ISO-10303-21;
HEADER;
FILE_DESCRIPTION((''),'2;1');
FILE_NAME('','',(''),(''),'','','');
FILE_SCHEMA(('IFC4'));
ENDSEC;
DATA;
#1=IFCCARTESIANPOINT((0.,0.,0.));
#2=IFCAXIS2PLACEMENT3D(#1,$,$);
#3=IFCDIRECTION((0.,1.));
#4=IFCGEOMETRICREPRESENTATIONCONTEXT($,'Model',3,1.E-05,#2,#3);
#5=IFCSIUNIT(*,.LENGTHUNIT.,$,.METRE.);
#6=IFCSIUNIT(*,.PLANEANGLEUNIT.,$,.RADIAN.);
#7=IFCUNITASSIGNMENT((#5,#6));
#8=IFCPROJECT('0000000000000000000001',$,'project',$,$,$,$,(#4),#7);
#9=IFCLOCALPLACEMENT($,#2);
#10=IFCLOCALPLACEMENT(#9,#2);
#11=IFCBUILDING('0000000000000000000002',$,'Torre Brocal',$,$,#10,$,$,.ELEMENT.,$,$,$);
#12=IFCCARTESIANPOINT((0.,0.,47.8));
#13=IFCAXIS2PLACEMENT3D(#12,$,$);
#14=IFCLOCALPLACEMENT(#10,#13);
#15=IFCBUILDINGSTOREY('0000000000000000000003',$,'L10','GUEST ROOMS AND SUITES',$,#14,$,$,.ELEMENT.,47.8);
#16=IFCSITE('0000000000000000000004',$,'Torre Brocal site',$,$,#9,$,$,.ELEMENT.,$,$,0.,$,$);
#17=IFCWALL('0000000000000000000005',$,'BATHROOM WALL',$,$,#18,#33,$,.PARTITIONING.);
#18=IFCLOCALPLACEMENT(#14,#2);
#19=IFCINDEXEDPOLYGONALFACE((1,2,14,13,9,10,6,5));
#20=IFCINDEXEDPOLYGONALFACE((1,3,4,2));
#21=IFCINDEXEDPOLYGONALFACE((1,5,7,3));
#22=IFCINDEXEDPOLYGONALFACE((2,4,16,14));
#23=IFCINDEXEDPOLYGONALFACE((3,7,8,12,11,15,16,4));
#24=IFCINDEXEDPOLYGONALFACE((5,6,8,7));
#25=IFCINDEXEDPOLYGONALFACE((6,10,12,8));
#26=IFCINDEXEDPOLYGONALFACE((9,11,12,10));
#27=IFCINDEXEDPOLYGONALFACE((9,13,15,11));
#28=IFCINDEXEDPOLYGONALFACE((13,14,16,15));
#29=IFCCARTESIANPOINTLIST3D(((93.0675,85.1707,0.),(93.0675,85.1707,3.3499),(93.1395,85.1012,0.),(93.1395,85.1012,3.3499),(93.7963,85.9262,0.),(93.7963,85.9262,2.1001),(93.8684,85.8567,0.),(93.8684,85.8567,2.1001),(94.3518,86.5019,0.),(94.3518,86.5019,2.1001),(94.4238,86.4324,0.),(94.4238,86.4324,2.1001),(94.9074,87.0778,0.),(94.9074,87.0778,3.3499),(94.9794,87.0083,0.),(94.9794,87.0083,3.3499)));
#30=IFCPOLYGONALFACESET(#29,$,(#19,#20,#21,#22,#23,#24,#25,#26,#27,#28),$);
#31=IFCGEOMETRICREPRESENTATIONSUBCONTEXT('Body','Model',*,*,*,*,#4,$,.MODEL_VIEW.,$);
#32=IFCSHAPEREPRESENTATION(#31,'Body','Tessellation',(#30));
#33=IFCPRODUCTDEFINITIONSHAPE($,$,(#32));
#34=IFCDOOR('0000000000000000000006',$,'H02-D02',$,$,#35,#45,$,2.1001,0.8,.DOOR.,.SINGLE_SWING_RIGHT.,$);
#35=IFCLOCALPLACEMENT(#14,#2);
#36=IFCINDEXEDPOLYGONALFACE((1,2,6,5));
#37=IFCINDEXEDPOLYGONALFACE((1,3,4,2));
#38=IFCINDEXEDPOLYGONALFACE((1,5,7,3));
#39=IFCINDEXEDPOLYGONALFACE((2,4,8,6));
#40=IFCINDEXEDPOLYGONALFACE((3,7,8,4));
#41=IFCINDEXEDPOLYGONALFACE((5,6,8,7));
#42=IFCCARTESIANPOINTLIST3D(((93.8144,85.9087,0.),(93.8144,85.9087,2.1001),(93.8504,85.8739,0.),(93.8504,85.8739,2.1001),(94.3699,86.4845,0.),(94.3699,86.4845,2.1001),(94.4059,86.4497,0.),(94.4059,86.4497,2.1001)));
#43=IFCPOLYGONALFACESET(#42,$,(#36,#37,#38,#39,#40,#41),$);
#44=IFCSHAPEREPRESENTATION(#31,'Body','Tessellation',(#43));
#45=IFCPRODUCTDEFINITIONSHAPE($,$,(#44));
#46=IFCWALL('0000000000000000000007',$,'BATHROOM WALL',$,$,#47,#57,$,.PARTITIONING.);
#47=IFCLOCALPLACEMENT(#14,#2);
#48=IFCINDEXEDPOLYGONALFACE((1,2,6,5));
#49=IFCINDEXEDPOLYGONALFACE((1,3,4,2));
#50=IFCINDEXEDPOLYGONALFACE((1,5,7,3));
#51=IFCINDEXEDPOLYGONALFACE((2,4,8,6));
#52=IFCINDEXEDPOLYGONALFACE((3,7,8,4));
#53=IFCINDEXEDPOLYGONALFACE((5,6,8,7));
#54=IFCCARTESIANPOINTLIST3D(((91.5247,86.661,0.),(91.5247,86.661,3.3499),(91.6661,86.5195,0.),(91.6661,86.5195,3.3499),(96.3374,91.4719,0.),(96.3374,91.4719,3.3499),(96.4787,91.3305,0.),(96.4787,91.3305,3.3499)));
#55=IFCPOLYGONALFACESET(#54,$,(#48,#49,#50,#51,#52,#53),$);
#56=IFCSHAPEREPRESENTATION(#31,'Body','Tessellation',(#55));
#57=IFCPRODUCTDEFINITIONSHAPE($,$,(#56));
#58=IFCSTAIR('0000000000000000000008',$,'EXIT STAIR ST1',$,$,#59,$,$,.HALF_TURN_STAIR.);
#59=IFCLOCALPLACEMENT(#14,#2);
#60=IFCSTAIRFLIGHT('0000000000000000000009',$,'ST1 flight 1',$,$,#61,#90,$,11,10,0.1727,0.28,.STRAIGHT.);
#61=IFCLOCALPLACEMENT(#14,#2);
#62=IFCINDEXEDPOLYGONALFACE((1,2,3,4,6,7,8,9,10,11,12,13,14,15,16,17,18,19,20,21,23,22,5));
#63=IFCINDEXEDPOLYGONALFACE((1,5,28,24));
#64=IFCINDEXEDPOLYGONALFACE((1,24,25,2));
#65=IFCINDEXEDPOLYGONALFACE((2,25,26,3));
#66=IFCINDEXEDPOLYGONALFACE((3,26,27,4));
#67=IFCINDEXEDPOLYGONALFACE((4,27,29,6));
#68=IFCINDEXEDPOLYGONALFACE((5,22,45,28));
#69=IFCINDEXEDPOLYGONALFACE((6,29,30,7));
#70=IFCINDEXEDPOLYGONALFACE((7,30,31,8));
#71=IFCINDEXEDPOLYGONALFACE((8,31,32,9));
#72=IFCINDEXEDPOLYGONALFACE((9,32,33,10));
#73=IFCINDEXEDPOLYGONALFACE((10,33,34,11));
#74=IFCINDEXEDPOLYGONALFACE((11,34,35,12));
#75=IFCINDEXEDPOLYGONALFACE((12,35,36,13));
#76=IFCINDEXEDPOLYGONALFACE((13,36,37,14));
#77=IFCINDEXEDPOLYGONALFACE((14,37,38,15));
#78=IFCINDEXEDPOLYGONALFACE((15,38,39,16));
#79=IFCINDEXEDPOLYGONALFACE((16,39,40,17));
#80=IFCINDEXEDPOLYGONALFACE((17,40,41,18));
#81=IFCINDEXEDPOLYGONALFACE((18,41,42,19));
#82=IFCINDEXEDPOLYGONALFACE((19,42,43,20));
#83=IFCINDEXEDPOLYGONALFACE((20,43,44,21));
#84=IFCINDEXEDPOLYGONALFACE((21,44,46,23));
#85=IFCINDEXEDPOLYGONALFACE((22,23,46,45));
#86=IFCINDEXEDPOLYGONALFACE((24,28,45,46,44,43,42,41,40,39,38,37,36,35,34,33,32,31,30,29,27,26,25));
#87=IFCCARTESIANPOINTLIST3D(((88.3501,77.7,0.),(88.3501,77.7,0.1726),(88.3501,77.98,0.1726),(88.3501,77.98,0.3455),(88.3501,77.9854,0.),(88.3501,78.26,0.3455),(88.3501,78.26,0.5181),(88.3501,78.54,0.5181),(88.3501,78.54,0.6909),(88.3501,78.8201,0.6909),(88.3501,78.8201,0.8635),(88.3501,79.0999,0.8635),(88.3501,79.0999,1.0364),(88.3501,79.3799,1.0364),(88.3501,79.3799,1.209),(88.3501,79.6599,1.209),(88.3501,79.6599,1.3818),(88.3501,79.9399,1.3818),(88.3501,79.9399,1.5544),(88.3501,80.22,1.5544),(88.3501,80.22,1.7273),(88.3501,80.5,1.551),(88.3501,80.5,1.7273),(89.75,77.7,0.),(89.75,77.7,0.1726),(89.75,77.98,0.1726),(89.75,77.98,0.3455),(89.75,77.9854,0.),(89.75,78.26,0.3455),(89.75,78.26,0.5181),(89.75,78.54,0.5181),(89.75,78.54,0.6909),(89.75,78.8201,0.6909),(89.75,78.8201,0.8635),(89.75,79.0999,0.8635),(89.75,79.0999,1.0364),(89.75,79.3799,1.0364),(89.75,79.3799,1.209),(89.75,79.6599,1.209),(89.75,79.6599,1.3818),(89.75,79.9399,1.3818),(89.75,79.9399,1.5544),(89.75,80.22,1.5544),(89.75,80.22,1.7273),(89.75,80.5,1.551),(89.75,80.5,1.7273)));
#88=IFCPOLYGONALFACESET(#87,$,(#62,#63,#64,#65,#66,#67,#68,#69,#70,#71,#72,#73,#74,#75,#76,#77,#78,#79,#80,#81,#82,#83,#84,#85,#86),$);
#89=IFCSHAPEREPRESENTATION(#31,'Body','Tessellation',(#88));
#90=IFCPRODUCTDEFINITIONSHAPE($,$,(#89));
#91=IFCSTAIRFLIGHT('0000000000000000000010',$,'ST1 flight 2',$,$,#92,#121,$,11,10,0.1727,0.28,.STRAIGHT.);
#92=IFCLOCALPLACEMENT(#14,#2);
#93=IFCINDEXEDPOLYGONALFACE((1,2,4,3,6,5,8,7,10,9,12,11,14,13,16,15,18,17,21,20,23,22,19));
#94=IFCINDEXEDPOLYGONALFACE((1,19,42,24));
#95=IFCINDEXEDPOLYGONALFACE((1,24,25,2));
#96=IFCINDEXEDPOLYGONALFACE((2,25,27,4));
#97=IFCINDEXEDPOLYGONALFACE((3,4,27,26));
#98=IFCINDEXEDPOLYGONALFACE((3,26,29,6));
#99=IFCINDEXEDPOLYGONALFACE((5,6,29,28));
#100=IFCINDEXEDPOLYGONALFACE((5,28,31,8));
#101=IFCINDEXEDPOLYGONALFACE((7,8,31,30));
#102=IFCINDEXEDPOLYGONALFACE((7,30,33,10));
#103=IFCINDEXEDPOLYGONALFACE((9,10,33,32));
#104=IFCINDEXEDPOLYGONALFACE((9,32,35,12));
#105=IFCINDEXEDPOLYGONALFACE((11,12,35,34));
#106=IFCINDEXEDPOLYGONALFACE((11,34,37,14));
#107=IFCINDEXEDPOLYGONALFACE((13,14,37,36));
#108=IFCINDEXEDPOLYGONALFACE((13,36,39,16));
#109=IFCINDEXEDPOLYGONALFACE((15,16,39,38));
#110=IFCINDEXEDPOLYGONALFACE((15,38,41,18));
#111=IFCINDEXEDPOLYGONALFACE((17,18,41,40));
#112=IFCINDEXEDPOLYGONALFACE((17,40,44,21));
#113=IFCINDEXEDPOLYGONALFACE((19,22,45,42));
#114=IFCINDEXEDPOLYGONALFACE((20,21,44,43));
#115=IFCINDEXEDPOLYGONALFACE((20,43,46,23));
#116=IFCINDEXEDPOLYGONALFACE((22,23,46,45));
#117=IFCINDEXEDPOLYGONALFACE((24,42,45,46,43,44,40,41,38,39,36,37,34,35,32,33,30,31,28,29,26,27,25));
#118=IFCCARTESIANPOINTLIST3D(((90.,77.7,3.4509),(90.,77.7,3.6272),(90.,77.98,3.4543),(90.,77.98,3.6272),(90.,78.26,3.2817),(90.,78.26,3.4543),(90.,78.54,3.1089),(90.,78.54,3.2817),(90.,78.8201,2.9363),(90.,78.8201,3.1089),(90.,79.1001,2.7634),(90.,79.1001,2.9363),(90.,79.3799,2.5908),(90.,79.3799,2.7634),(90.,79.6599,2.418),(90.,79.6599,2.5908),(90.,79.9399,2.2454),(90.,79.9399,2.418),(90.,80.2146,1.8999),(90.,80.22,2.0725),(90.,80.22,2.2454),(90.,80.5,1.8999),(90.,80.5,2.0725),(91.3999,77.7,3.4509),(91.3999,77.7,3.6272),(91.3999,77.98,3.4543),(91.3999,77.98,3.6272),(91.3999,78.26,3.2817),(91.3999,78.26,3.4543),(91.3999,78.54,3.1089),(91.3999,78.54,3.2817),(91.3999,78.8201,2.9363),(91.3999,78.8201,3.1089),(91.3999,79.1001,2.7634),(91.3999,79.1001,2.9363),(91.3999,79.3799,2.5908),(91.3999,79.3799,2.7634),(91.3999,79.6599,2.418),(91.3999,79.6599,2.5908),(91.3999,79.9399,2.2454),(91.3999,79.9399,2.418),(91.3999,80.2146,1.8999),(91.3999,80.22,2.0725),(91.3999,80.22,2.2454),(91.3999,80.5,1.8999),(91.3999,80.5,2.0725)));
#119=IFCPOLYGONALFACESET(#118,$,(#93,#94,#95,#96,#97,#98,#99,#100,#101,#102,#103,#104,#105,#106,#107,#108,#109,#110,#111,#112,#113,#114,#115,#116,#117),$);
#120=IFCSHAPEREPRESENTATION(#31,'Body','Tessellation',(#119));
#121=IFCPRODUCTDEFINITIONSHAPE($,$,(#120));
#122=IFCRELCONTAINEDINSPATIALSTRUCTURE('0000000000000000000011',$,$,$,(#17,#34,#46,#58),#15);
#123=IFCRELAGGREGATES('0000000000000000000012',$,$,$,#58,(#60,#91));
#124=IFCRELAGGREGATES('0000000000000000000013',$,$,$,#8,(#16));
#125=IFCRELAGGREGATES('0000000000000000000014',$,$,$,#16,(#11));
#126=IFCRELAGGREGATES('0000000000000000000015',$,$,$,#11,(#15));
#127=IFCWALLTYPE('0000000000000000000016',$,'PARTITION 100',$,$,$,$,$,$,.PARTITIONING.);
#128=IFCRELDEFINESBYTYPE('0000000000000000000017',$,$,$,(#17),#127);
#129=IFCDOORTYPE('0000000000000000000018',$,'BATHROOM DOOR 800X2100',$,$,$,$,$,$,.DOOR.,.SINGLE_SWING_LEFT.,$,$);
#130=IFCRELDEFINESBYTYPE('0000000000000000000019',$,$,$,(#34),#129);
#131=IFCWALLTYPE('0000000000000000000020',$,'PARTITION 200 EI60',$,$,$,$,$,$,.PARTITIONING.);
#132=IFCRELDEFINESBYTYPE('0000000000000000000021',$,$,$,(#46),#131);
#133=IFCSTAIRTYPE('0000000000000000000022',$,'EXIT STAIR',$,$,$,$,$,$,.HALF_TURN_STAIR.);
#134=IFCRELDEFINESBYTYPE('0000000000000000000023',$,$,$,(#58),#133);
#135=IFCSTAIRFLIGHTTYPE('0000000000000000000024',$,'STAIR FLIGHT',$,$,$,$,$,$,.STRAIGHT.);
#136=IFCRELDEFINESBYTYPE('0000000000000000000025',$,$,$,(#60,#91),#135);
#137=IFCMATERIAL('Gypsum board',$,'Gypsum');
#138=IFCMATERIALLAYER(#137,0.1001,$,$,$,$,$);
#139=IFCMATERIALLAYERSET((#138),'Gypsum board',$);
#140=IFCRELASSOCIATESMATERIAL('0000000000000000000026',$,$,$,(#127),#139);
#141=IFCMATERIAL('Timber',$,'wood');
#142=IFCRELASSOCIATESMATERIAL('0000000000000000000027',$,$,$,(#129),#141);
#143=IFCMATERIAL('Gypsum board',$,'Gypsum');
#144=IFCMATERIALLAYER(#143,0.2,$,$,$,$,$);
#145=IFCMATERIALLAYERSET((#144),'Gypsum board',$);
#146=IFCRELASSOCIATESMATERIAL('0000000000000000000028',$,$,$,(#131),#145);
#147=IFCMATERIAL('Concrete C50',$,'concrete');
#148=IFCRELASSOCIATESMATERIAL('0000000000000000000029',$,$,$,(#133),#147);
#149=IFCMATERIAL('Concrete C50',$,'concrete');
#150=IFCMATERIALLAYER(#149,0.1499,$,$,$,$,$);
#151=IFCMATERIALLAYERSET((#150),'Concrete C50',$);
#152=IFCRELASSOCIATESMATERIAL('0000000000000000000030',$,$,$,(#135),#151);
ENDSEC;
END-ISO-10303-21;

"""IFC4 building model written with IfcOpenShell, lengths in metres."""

from ifc_helpers import new_model, si_unit, direction, frame, frame_2d, origin, place, context, subcontext, project, spatial, polyline, rectangle, outline, extrude, material, layer, layer_set, type_object, element, fill, aggregate, save


model = new_model("IFC4")

# Units and contexts
model_context = context("Model", 3, precision=1e-05, world=origin(), true_north=direction((0.0, 1.0)))
body_context = subcontext(model_context, "Body", "Model", "MODEL_VIEW")
ifc_project = project(units=[si_unit("LENGTHUNIT", "METRE"), si_unit("PLANEANGLEUNIT", "RADIAN")], contexts=[model_context])

# Site, building, storey
site_placement = place(None, origin())
site = spatial("IfcSite", under=ifc_project, at=site_placement, Name="Torre Brocal site", CompositionType="ELEMENT", RefElevation=0.0)
building_placement = place(site_placement, origin())
building = spatial("IfcBuilding", under=site, at=building_placement, Name="Torre Brocal", CompositionType="ELEMENT")
storey_placement = place(building_placement, frame((0.0, 0.0, 47.8)))
storey = spatial("IfcBuildingStorey", under=building, at=storey_placement, Name="L10", Description="GUEST ROOMS AND SUITES", CompositionType="ELEMENT", Elevation=47.8)

# Wall, opening, door
ifc_material_1 = material(Name="Gypsum board", Category="Gypsum")
ifc_layer_1 = layer(ifc_material_1, 0.1001)
ifc_layer_set_1 = layer_set([ifc_layer_1], Name="Gypsum board")
wall_type_1 = type_object("IfcWallType", Name="PARTITION 100", PredefinedType="PARTITIONING", material=ifc_layer_set_1)
wall_1_placement = place(storey_placement, frame((93.1035, 85.136, 0.0), z_axis=(0.0, 0.0, 1.0), x_axis=(0.694325, 0.719662, 0.0)))
wall_1 = element("IfcWall", 1, at=wall_1_placement, inside=storey, type_object=wall_type_1, Name="BATHROOM WALL", PredefinedType="PARTITIONING", context=body_context, shape_type="SweptSolid", body=[
    extrude(rectangle(XDim=2.6499, YDim=0.1001, at=frame_2d((1.325, 0.0))), origin(), (0.0, 0.0, 1.0), 3.3499),
])
opening_1_placement = place(wall_1_placement, frame((1.0498, 0.0, 0.0)))
opening_1 = element("IfcOpeningElement", 2, at=opening_1_placement, cuts=wall_1, PredefinedType="OPENING", context=body_context, shape_type="SweptSolid", body=[
    extrude(rectangle(XDim=0.8, YDim=2.1001, at=frame_2d((0.3999, 1.05))), frame((0.0, 0.0601, 0.0), z_axis=(0.0, -1.0, 0.0), x_axis=(1.0, 0.0, 0.0)), (0.0, 0.0, 1.0), 0.1201),
])
ifc_material_2 = material(Name="Timber", Category="wood")
door_type_1 = type_object("IfcDoorType", Name="BATHROOM DOOR 800X2100", OperationType="SINGLE_SWING_LEFT", PredefinedType="DOOR", material=ifc_material_2)
door_1_placement = place(opening_1_placement, origin())
door_1 = element("IfcDoor", 3, at=door_1_placement, inside=storey, type_object=door_type_1, Name="H02-D02", OperationType="SINGLE_SWING_RIGHT", OverallHeight=2.1001, OverallWidth=0.8, PredefinedType="DOOR", context=body_context, shape_type="SweptSolid", body=[
    extrude(rectangle(XDim=0.8, YDim=2.1001, at=frame_2d((0.3999, 1.05))), frame((0.0, 0.0249, 0.0), z_axis=(0.0, -1.0, 0.0), x_axis=(1.0, 0.0, 0.0)), (0.0, 0.0, 1.0), 0.05),
])
fill(opening_1, door_1)

# Wall
ifc_material_3 = material(Name="Gypsum board", Category="Gypsum")
ifc_layer_2 = layer(ifc_material_3, 0.2)
ifc_layer_set_2 = layer_set([ifc_layer_2], Name="Gypsum board")
wall_type_2 = type_object("IfcWallType", Name="PARTITION 200 EI60", PredefinedType="PARTITIONING", material=ifc_layer_set_2)
wall_2_placement = place(storey_placement, frame((91.5955, 86.5903, 0.0), z_axis=(0.0, 0.0, 1.0), x_axis=(0.707232, 0.706981, 0.0)))
element("IfcWall", 4, at=wall_2_placement, inside=storey, type_object=wall_type_2, Name="BATHROOM WALL", PredefinedType="PARTITIONING", context=body_context, shape_type="SweptSolid", body=[
    extrude(rectangle(XDim=6.8049, YDim=0.2, at=frame_2d((3.4023, 0.0))), origin(), (0.0, 0.0, 1.0), 3.3499),
])

# Stair, stair flights
ifc_material_4 = material(Name="Concrete C50", Category="concrete")
stair_type = type_object("IfcStairType", Name="EXIT STAIR", PredefinedType="HALF_TURN_STAIR", material=ifc_material_4)
stair_placement = place(storey_placement, origin())
stair = element("IfcStair", 5, at=stair_placement, inside=storey, type_object=stair_type, Name="EXIT STAIR ST1", PredefinedType="HALF_TURN_STAIR")
ifc_material_5 = material(Name="Concrete C50", Category="concrete")
ifc_layer_3 = layer(ifc_material_5, 0.1499)
ifc_layer_set_3 = layer_set([ifc_layer_3], Name="Concrete C50")
stair_flight_type = type_object("IfcStairFlightType", Name="STAIR FLIGHT", PredefinedType="STRAIGHT", material=ifc_layer_set_3)
stair_flight_1_placement = place(storey_placement, frame((89.05, 77.7, 0.0), z_axis=(0.0, 0.0, 1.0), x_axis=(0.0, 1.0, 0.0)))
stair_flight_1 = element("IfcStairFlight", 6, at=stair_flight_1_placement, type_object=stair_flight_type, Name="ST1 flight 1", NumberOfRisers=11, NumberOfTreads=10, PredefinedType="STRAIGHT", RiserHeight=0.1727, TreadLength=0.28, context=body_context, shape_type="SweptSolid", body=[
    extrude(outline(polyline([(0.0, 0.0), (0.0, 0.1726), (0.28, 0.1726), (0.28, 0.3455), (0.5601, 0.3455), (0.5601, 0.5181), (0.8401, 0.5181), (0.8401, 0.6909), (1.1201, 0.6909), (1.1201, 0.8635), (1.3999, 0.8635), (1.3999, 1.0364), (1.6799, 1.0364), (1.6799, 1.209), (1.96, 1.209), (1.96, 1.3818), (2.24, 1.3818), (2.24, 1.5544), (2.52, 1.5544), (2.52, 1.7273), (2.8, 1.7273), (2.8, 1.8999), (2.8, 1.551), (0.2854, 0.0), (0.0, 0.0)])), frame((0.0, 0.7, 0.0), z_axis=(0.0, -1.0, 0.0), x_axis=(1.0, 0.0, 0.0)), (0.0, 0.0, 1.0), 1.3999),
])
stair_flight_2_placement = place(storey_placement, frame((90.7, 80.5, 1.8999), z_axis=(0.0, 0.0, 1.0), x_axis=(0.0, -1.0, 0.0)))
stair_flight_2 = element("IfcStairFlight", 7, at=stair_flight_2_placement, type_object=stair_flight_type, Name="ST1 flight 2", NumberOfRisers=11, NumberOfTreads=10, PredefinedType="STRAIGHT", RiserHeight=0.1727, TreadLength=0.28, context=body_context, shape_type="SweptSolid", body=[
    extrude(outline(polyline([(0.0, 0.0), (0.0, 0.1726), (0.28, 0.1726), (0.28, 0.3455), (0.5601, 0.3455), (0.5601, 0.5181), (0.8401, 0.5181), (0.8401, 0.6909), (1.1201, 0.6909), (1.1201, 0.8635), (1.3999, 0.8635), (1.3999, 1.0364), (1.6799, 1.0364), (1.6799, 1.209), (1.96, 1.209), (1.96, 1.3818), (2.24, 1.3818), (2.24, 1.5544), (2.52, 1.5544), (2.52, 1.7273), (2.8, 1.7273), (2.8, 1.8999), (2.8, 1.551), (0.2854, 0.0), (0.0, 0.0)])), frame((0.0, 0.7, 0.0), z_axis=(0.0, -1.0, 0.0), x_axis=(1.0, 0.0, 0.0)), (0.0, 0.0, 1.0), 1.3999),
])
aggregate(stair, [stair_flight_1, stair_flight_2])

save(model, "model.ifc")
